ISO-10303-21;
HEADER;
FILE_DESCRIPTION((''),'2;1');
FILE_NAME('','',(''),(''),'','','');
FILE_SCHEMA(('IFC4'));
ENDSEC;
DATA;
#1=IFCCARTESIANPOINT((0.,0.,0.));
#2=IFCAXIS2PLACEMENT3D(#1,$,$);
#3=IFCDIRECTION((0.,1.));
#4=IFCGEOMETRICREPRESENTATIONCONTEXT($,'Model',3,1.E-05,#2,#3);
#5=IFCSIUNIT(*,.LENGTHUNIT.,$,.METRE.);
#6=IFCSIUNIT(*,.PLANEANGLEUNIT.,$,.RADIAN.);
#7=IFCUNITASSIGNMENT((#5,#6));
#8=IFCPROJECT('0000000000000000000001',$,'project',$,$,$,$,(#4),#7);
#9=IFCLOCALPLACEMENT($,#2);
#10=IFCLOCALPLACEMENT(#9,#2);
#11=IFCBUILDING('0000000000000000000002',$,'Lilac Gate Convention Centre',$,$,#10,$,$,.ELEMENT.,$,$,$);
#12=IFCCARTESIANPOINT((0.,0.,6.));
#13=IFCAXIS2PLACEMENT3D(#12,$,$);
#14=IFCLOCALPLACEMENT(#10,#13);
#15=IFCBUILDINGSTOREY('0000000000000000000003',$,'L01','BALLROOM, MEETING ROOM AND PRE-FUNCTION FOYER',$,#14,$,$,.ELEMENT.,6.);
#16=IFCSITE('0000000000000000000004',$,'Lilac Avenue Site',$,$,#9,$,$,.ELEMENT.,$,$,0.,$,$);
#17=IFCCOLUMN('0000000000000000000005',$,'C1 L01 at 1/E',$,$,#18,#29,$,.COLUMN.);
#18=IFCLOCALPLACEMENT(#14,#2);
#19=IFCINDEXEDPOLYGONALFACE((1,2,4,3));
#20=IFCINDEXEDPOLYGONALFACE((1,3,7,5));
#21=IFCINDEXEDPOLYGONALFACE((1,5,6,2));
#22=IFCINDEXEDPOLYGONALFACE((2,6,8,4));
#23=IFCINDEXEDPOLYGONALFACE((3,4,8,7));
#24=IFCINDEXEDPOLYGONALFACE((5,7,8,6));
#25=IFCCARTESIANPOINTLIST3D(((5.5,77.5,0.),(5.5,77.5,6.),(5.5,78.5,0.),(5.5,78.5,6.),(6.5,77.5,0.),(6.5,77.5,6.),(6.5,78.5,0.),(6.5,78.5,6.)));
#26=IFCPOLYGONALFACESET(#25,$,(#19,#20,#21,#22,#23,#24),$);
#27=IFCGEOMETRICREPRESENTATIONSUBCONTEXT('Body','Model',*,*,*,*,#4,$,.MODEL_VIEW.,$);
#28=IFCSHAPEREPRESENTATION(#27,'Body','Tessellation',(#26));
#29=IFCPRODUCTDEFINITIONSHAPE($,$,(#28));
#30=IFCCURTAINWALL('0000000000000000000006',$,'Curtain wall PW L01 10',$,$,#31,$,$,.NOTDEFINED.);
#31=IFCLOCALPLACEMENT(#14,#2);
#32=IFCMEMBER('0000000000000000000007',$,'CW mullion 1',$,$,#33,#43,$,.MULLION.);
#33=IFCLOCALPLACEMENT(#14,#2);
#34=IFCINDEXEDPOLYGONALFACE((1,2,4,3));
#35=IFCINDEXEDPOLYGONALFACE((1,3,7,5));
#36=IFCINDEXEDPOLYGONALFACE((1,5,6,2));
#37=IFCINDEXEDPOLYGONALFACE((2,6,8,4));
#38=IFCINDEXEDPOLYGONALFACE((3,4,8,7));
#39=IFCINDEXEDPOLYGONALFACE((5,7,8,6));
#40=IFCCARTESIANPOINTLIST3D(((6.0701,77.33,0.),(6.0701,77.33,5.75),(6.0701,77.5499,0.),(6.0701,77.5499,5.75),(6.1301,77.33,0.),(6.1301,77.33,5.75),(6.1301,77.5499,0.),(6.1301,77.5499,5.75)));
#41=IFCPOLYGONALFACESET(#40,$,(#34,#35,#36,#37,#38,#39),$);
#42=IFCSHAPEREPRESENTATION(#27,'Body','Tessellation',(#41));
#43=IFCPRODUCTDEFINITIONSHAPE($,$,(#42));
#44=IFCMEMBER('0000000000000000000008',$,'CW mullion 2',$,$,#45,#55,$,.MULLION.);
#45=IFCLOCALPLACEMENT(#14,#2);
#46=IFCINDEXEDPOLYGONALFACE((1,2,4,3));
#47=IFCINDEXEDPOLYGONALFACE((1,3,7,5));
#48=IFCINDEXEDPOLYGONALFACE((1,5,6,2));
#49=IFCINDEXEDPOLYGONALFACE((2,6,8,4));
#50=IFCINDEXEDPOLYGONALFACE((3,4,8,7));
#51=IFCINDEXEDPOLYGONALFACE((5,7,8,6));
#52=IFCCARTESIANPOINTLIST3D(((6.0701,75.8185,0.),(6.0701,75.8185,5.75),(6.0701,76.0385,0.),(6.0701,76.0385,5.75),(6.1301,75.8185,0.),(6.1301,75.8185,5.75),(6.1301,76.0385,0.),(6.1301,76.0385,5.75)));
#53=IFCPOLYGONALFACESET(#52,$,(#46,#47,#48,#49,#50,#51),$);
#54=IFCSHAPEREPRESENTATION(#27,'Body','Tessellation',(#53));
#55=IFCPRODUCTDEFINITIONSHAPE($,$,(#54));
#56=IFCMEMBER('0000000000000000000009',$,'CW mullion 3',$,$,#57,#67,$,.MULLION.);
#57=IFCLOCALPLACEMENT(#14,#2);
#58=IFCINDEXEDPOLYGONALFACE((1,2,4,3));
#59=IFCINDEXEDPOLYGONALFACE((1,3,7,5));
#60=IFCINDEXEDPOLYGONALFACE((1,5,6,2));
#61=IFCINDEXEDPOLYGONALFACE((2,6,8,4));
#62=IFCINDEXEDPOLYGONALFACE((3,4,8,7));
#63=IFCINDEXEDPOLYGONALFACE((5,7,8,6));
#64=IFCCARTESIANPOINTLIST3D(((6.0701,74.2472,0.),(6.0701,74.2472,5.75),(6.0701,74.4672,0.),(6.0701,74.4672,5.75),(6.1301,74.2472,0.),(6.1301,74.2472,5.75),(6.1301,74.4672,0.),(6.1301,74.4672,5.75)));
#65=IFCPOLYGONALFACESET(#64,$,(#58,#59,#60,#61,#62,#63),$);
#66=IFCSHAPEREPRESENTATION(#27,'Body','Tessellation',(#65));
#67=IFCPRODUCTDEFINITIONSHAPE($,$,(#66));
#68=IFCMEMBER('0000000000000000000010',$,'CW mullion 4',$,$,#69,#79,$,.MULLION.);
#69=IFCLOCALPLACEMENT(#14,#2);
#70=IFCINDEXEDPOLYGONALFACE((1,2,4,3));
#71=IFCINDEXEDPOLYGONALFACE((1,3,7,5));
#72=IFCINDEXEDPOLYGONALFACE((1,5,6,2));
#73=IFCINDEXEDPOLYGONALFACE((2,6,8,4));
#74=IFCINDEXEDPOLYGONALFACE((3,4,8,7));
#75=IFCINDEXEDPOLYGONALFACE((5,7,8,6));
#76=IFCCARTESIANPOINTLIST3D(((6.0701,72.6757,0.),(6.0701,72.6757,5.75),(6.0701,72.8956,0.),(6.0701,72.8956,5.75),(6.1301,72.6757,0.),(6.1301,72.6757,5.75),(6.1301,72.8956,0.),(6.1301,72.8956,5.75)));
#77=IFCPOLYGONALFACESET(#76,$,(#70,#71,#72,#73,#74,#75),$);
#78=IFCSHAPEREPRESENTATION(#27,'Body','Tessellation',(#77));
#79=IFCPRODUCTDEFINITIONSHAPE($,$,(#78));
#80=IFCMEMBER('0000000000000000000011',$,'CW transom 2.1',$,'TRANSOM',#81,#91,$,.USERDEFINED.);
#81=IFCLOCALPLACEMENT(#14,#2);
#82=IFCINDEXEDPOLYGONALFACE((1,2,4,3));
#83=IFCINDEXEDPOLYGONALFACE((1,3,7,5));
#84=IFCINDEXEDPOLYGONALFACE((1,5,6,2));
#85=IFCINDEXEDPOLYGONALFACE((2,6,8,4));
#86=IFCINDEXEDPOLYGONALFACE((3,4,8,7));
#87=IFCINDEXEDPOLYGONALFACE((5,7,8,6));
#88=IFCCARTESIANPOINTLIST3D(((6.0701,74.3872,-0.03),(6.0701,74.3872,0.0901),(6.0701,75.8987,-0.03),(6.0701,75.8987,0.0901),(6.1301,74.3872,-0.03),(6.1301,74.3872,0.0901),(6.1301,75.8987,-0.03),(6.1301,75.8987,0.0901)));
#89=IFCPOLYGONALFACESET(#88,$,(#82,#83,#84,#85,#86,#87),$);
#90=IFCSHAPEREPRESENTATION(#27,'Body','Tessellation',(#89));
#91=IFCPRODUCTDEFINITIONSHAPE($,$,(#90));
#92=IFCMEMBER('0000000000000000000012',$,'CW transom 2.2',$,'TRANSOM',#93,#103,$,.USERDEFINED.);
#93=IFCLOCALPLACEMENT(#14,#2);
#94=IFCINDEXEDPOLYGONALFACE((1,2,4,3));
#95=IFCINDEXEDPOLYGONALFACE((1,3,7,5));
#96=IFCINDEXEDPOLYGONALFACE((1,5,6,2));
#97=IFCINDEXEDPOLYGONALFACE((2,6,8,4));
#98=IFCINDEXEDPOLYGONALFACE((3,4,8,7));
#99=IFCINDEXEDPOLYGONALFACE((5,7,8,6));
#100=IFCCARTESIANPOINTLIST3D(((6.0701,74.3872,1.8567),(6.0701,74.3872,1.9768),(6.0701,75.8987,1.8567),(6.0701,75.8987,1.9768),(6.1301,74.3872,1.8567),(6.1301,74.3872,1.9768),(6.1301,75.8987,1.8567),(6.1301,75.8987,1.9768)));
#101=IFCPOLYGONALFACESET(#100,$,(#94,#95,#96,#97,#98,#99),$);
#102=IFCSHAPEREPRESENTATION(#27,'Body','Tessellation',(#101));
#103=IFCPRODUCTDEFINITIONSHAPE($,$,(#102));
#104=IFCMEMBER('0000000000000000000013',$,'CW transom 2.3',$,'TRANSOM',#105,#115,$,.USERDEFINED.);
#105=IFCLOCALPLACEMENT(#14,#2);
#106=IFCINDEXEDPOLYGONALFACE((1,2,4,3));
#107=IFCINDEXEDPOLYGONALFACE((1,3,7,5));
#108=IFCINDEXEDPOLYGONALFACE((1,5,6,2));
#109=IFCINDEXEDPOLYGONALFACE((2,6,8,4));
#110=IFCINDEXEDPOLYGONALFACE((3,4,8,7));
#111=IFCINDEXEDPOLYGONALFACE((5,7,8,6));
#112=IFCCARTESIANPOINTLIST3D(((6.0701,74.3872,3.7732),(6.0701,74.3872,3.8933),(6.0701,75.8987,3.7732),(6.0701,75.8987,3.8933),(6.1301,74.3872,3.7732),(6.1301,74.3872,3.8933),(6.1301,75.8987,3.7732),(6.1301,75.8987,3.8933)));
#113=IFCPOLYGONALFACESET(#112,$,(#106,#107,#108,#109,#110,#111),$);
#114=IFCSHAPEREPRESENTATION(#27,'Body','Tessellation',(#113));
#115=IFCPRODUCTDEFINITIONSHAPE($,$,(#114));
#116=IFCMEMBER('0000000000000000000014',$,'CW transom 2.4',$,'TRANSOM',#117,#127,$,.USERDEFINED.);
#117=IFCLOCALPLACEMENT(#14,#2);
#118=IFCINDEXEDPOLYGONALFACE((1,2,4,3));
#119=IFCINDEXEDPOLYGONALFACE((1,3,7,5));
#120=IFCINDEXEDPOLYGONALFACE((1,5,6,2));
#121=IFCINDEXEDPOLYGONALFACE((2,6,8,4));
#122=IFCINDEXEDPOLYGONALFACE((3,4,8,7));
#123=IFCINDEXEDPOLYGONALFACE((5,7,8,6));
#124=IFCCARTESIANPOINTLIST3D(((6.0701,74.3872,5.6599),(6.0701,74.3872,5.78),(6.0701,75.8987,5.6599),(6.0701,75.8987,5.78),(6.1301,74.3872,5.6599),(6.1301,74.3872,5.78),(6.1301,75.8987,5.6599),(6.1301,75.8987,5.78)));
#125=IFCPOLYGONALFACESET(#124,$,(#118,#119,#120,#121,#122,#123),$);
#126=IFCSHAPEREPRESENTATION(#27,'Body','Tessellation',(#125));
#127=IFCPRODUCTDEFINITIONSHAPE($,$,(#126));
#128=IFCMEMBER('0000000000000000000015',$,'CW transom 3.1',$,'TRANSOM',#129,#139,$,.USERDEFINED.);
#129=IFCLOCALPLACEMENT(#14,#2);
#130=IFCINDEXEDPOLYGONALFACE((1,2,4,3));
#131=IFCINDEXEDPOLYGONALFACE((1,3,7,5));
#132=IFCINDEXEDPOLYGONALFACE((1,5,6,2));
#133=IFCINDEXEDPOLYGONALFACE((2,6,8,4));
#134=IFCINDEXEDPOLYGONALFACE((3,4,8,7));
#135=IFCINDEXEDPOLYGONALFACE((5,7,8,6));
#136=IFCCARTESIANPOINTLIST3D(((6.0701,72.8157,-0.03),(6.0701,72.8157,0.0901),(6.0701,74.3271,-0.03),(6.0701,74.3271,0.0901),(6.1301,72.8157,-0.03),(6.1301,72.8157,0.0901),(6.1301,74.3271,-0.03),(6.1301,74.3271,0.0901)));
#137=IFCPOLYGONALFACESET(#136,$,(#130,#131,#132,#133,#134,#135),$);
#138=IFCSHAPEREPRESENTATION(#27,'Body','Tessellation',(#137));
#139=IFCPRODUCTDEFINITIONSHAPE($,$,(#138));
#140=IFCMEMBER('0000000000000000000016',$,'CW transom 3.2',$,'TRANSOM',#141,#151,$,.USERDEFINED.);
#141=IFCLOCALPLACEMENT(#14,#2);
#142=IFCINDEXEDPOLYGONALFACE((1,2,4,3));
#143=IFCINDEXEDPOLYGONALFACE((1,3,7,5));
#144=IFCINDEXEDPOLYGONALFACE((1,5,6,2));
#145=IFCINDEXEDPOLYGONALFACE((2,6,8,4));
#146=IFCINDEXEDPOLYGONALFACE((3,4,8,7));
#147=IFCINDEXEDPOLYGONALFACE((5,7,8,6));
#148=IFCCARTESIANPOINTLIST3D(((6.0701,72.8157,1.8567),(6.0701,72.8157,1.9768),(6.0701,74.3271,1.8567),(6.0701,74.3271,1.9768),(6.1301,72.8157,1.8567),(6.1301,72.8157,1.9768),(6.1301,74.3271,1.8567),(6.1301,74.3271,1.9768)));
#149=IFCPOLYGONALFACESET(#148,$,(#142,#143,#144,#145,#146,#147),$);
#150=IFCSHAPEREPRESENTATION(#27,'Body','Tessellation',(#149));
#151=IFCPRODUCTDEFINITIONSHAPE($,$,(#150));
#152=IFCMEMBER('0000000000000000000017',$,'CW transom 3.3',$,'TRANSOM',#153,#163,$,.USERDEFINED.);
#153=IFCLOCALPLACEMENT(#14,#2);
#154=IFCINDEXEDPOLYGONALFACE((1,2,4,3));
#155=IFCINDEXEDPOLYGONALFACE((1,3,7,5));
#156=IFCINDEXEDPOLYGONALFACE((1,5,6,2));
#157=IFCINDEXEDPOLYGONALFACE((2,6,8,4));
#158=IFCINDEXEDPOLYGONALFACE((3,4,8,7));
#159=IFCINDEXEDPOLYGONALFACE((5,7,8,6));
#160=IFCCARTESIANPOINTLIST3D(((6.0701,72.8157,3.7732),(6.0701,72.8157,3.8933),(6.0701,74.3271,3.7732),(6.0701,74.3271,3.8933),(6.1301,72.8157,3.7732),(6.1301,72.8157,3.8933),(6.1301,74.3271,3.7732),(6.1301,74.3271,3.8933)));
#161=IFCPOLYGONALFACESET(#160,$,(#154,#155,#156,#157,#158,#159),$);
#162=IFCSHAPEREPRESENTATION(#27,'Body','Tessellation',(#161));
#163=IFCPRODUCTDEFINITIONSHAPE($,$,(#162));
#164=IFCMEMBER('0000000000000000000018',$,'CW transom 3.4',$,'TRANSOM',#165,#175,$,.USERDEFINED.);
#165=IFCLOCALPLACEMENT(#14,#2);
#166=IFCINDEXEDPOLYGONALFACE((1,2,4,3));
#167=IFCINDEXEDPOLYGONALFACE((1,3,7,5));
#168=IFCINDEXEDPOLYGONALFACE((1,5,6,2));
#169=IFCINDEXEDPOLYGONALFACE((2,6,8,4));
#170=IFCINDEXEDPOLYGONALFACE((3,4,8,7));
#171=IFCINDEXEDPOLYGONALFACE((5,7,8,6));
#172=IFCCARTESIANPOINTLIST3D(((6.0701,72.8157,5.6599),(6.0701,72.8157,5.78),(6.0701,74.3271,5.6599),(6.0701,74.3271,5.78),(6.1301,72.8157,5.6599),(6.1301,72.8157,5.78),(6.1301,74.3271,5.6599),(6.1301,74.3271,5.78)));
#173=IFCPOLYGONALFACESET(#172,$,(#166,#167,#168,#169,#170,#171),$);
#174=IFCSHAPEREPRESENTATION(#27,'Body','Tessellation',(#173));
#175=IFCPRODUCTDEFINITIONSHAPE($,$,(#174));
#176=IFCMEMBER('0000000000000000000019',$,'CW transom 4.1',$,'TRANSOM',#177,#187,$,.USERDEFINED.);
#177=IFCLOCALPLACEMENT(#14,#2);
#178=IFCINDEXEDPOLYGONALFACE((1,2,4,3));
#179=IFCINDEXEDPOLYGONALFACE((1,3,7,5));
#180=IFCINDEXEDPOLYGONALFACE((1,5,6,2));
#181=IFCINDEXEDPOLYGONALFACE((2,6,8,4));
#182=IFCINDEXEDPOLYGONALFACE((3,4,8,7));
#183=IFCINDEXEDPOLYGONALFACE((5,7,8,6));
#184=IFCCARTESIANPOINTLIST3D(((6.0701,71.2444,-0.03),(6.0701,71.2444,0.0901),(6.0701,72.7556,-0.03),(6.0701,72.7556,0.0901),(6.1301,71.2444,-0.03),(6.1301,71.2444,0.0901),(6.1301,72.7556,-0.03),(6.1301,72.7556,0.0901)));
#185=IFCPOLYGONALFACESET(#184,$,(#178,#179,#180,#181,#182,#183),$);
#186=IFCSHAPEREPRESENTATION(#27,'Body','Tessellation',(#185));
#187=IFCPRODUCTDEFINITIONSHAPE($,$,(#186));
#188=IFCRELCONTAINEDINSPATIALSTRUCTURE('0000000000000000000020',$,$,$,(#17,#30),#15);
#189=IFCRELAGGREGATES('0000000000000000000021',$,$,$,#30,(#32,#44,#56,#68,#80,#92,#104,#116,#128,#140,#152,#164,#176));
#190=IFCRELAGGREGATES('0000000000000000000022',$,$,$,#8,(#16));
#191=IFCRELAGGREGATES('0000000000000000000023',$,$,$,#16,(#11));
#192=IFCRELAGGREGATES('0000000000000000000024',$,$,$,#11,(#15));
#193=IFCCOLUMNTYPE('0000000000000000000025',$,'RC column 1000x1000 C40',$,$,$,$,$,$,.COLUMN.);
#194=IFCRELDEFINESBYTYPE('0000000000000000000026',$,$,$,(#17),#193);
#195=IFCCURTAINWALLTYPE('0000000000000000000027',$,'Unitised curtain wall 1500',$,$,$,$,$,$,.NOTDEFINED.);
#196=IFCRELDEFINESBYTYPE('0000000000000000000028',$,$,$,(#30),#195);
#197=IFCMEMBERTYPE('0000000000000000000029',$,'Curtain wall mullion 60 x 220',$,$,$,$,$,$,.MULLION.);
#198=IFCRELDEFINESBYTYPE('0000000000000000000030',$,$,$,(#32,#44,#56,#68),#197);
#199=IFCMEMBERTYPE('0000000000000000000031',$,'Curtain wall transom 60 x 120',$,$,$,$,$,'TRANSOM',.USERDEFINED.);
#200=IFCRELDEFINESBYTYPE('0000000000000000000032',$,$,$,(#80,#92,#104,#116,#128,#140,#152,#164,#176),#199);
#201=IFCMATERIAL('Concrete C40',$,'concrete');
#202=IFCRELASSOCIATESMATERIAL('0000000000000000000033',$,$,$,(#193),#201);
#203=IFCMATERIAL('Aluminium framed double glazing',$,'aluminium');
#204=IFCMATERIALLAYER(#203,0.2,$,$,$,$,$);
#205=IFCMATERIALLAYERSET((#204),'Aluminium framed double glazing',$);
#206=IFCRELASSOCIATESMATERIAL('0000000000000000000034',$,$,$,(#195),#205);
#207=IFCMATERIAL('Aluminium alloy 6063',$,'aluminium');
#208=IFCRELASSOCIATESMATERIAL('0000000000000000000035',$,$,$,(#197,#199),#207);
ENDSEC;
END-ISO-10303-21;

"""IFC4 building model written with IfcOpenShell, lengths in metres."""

from ifc_helpers import new_model, si_unit, direction, frame, origin, origin_2d, place, context, subcontext, project, spatial, rectangle, extrude, material, layer, layer_set, material_profile, profile_set, type_object, element, aggregate, save


model = new_model("IFC4")

# Units and contexts
model_context = context("Model", 3, precision=1e-05, world=origin(), true_north=direction((0.0, 1.0)))
body_context = subcontext(model_context, "Body", "Model", "MODEL_VIEW")
ifc_project = project(units=[si_unit("LENGTHUNIT", "METRE"), si_unit("PLANEANGLEUNIT", "RADIAN")], contexts=[model_context])

# Site, building, storey
site_placement = place(None, origin())
site = spatial("IfcSite", under=ifc_project, at=site_placement, Name="Lilac Avenue Site", CompositionType="ELEMENT", RefElevation=0.0)
building_placement = place(site_placement, origin())
building = spatial("IfcBuilding", under=site, at=building_placement, Name="Lilac Gate Convention Centre", CompositionType="ELEMENT")
storey_placement = place(building_placement, frame((0.0, 0.0, 6.0)))
storey = spatial("IfcBuildingStorey", under=building, at=storey_placement, Name="L01", Description="BALLROOM, MEETING ROOM AND PRE-FUNCTION FOYER", CompositionType="ELEMENT", Elevation=6.0)

# Column
ifc_material_1 = material(Name="Concrete C40", Category="concrete")
ifc_material_profile_1 = material_profile(ifc_material_1, rectangle(XDim=1.0, YDim=1.0, at=origin_2d()), Name="RC 1000x1000")
ifc_profile_set_1 = profile_set([ifc_material_profile_1], Name="Concrete C40")
column_type = type_object("IfcColumnType", Name="RC column 1000x1000 C40", PredefinedType="COLUMN", material=ifc_profile_set_1)
column_placement = place(storey_placement, frame((6.0, 78.0, 0.0), z_axis=(0.0, 0.0, 1.0), x_axis=(1.0, 0.0, 0.0)))
element("IfcColumn", 1, at=column_placement, inside=storey, type_object=column_type, Name="C1 L01 at 1/E", PredefinedType="COLUMN", context=body_context, shape_type="SweptSolid", body=[
    extrude(rectangle(XDim=1.0, YDim=1.0, at=origin_2d()), origin(), (0.0, 0.0, 1.0), 6.0),
])

# Curtain wall, members
ifc_material_2 = material(Name="Aluminium framed double glazing", Category="aluminium")
ifc_layer_1 = layer(ifc_material_2, 0.2)
ifc_layer_set_1 = layer_set([ifc_layer_1], Name="Aluminium framed double glazing")
curtain_wall_type = type_object("IfcCurtainWallType", Name="Unitised curtain wall 1500", PredefinedType="NOTDEFINED", material=ifc_layer_set_1)
curtain_wall_placement = place(storey_placement, origin())
curtain_wall = element("IfcCurtainWall", 2, at=curtain_wall_placement, inside=storey, type_object=curtain_wall_type, Name="Curtain wall PW L01 10", PredefinedType="NOTDEFINED")
ifc_material_3 = material(Name="Aluminium alloy 6063", Category="aluminium")
ifc_material_profile_2 = material_profile(ifc_material_3, rectangle(XDim=0.0601, YDim=0.22, at=origin_2d()), Name="Curtain wall mullion 60 x 220")
ifc_profile_set_2 = profile_set([ifc_material_profile_2], Name="Aluminium alloy 6063")
member_type_1 = type_object("IfcMemberType", Name="Curtain wall mullion 60 x 220", PredefinedType="MULLION", material=ifc_profile_set_2)
member_1_placement = place(storey_placement, frame((6.1001, 77.4399, 0.0), z_axis=(0.0, 0.0, 1.0), x_axis=(1.0, 0.0, 0.0)))
member_1 = element("IfcMember", 3, at=member_1_placement, type_object=member_type_1, Name="CW mullion 1", PredefinedType="MULLION", context=body_context, shape_type="SweptSolid", body=[
    extrude(rectangle(XDim=0.0601, YDim=0.22, at=origin_2d()), origin(), (0.0, 0.0, 1.0), 5.75),
])
member_2_placement = place(storey_placement, frame((6.1001, 75.9285, 0.0), z_axis=(0.0, 0.0, 1.0), x_axis=(1.0, 0.0, 0.0)))
member_2 = element("IfcMember", 4, at=member_2_placement, type_object=member_type_1, Name="CW mullion 2", PredefinedType="MULLION", context=body_context, shape_type="SweptSolid", body=[
    extrude(rectangle(XDim=0.0601, YDim=0.22, at=origin_2d()), origin(), (0.0, 0.0, 1.0), 5.75),
])
member_3_placement = place(storey_placement, frame((6.1001, 74.3572, 0.0), z_axis=(0.0, 0.0, 1.0), x_axis=(1.0, 0.0, 0.0)))
member_3 = element("IfcMember", 5, at=member_3_placement, type_object=member_type_1, Name="CW mullion 3", PredefinedType="MULLION", context=body_context, shape_type="SweptSolid", body=[
    extrude(rectangle(XDim=0.0601, YDim=0.22, at=origin_2d()), origin(), (0.0, 0.0, 1.0), 5.75),
])
member_4_placement = place(storey_placement, frame((6.1001, 72.7856, 0.0), z_axis=(0.0, 0.0, 1.0), x_axis=(1.0, 0.0, 0.0)))
member_4 = element("IfcMember", 6, at=member_4_placement, type_object=member_type_1, Name="CW mullion 4", PredefinedType="MULLION", context=body_context, shape_type="SweptSolid", body=[
    extrude(rectangle(XDim=0.0601, YDim=0.22, at=origin_2d()), origin(), (0.0, 0.0, 1.0), 5.75),
])
ifc_material_profile_3 = material_profile(ifc_material_3, rectangle(XDim=0.0601, YDim=0.1201, at=origin_2d()), Name="Curtain wall transom 60 x 120")
ifc_profile_set_3 = profile_set([ifc_material_profile_3], Name="Aluminium alloy 6063")
member_type_2 = type_object("IfcMemberType", Name="Curtain wall transom 60 x 120", ElementType="TRANSOM", PredefinedType="USERDEFINED", material=ifc_profile_set_3)
member_5_placement = place(storey_placement, frame((6.1001, 75.8987, 0.03), z_axis=(0.0, -1.0, 0.0), x_axis=(1.0, 0.0, 0.0)))
member_5 = element("IfcMember", 7, at=member_5_placement, type_object=member_type_2, Name="CW transom 2.1", ObjectType="TRANSOM", PredefinedType="USERDEFINED", context=body_context, shape_type="SweptSolid", body=[
    extrude(rectangle(XDim=0.0601, YDim=0.1201, at=origin_2d()), origin(), (0.0, 0.0, 1.0), 1.5115),
])
member_6_placement = place(storey_placement, frame((6.1001, 75.8987, 1.9167), z_axis=(0.0, -1.0, 0.0), x_axis=(1.0, 0.0, 0.0)))
member_6 = element("IfcMember", 8, at=member_6_placement, type_object=member_type_2, Name="CW transom 2.2", ObjectType="TRANSOM", PredefinedType="USERDEFINED", context=body_context, shape_type="SweptSolid", body=[
    extrude(rectangle(XDim=0.0601, YDim=0.1201, at=origin_2d()), origin(), (0.0, 0.0, 1.0), 1.5115),
])
member_7_placement = place(storey_placement, frame((6.1001, 75.8987, 3.8333), z_axis=(0.0, -1.0, 0.0), x_axis=(1.0, 0.0, 0.0)))
member_7 = element("IfcMember", 9, at=member_7_placement, type_object=member_type_2, Name="CW transom 2.3", ObjectType="TRANSOM", PredefinedType="USERDEFINED", context=body_context, shape_type="SweptSolid", body=[
    extrude(rectangle(XDim=0.0601, YDim=0.1201, at=origin_2d()), origin(), (0.0, 0.0, 1.0), 1.5115),
])
member_8_placement = place(storey_placement, frame((6.1001, 75.8987, 5.72), z_axis=(0.0, -1.0, 0.0), x_axis=(1.0, 0.0, 0.0)))
member_8 = element("IfcMember", 10, at=member_8_placement, type_object=member_type_2, Name="CW transom 2.4", ObjectType="TRANSOM", PredefinedType="USERDEFINED", context=body_context, shape_type="SweptSolid", body=[
    extrude(rectangle(XDim=0.0601, YDim=0.1201, at=origin_2d()), origin(), (0.0, 0.0, 1.0), 1.5115),
])
member_9_placement = place(storey_placement, frame((6.1001, 74.3271, 0.03), z_axis=(0.0, -1.0, 0.0), x_axis=(1.0, 0.0, 0.0)))
member_9 = element("IfcMember", 11, at=member_9_placement, type_object=member_type_2, Name="CW transom 3.1", ObjectType="TRANSOM", PredefinedType="USERDEFINED", context=body_context, shape_type="SweptSolid", body=[
    extrude(rectangle(XDim=0.0601, YDim=0.1201, at=origin_2d()), origin(), (0.0, 0.0, 1.0), 1.5115),
])
member_10_placement = place(storey_placement, frame((6.1001, 74.3271, 1.9167), z_axis=(0.0, -1.0, 0.0), x_axis=(1.0, 0.0, 0.0)))
member_10 = element("IfcMember", 12, at=member_10_placement, type_object=member_type_2, Name="CW transom 3.2", ObjectType="TRANSOM", PredefinedType="USERDEFINED", context=body_context, shape_type="SweptSolid", body=[
    extrude(rectangle(XDim=0.0601, YDim=0.1201, at=origin_2d()), origin(), (0.0, 0.0, 1.0), 1.5115),
])
member_11_placement = place(storey_placement, frame((6.1001, 74.3271, 3.8333), z_axis=(0.0, -1.0, 0.0), x_axis=(1.0, 0.0, 0.0)))
member_11 = element("IfcMember", 13, at=member_11_placement, type_object=member_type_2, Name="CW transom 3.3", ObjectType="TRANSOM", PredefinedType="USERDEFINED", context=body_context, shape_type="SweptSolid", body=[
    extrude(rectangle(XDim=0.0601, YDim=0.1201, at=origin_2d()), origin(), (0.0, 0.0, 1.0), 1.5115),
])
member_12_placement = place(storey_placement, frame((6.1001, 74.3271, 5.72), z_axis=(0.0, -1.0, 0.0), x_axis=(1.0, 0.0, 0.0)))
member_12 = element("IfcMember", 14, at=member_12_placement, type_object=member_type_2, Name="CW transom 3.4", ObjectType="TRANSOM", PredefinedType="USERDEFINED", context=body_context, shape_type="SweptSolid", body=[
    extrude(rectangle(XDim=0.0601, YDim=0.1201, at=origin_2d()), origin(), (0.0, 0.0, 1.0), 1.5115),
])
member_13_placement = place(storey_placement, frame((6.1001, 72.7556, 0.03), z_axis=(0.0, -1.0, 0.0), x_axis=(1.0, 0.0, 0.0)))
member_13 = element("IfcMember", 15, at=member_13_placement, type_object=member_type_2, Name="CW transom 4.1", ObjectType="TRANSOM", PredefinedType="USERDEFINED", context=body_context, shape_type="SweptSolid", body=[
    extrude(rectangle(XDim=0.0601, YDim=0.1201, at=origin_2d()), origin(), (0.0, 0.0, 1.0), 1.5112),
])

aggregate(curtain_wall, [member_1, member_2, member_3, member_4, member_5, member_6, member_7, member_8, member_9, member_10, member_11, member_12, member_13])

save(model, "model.ifc")
